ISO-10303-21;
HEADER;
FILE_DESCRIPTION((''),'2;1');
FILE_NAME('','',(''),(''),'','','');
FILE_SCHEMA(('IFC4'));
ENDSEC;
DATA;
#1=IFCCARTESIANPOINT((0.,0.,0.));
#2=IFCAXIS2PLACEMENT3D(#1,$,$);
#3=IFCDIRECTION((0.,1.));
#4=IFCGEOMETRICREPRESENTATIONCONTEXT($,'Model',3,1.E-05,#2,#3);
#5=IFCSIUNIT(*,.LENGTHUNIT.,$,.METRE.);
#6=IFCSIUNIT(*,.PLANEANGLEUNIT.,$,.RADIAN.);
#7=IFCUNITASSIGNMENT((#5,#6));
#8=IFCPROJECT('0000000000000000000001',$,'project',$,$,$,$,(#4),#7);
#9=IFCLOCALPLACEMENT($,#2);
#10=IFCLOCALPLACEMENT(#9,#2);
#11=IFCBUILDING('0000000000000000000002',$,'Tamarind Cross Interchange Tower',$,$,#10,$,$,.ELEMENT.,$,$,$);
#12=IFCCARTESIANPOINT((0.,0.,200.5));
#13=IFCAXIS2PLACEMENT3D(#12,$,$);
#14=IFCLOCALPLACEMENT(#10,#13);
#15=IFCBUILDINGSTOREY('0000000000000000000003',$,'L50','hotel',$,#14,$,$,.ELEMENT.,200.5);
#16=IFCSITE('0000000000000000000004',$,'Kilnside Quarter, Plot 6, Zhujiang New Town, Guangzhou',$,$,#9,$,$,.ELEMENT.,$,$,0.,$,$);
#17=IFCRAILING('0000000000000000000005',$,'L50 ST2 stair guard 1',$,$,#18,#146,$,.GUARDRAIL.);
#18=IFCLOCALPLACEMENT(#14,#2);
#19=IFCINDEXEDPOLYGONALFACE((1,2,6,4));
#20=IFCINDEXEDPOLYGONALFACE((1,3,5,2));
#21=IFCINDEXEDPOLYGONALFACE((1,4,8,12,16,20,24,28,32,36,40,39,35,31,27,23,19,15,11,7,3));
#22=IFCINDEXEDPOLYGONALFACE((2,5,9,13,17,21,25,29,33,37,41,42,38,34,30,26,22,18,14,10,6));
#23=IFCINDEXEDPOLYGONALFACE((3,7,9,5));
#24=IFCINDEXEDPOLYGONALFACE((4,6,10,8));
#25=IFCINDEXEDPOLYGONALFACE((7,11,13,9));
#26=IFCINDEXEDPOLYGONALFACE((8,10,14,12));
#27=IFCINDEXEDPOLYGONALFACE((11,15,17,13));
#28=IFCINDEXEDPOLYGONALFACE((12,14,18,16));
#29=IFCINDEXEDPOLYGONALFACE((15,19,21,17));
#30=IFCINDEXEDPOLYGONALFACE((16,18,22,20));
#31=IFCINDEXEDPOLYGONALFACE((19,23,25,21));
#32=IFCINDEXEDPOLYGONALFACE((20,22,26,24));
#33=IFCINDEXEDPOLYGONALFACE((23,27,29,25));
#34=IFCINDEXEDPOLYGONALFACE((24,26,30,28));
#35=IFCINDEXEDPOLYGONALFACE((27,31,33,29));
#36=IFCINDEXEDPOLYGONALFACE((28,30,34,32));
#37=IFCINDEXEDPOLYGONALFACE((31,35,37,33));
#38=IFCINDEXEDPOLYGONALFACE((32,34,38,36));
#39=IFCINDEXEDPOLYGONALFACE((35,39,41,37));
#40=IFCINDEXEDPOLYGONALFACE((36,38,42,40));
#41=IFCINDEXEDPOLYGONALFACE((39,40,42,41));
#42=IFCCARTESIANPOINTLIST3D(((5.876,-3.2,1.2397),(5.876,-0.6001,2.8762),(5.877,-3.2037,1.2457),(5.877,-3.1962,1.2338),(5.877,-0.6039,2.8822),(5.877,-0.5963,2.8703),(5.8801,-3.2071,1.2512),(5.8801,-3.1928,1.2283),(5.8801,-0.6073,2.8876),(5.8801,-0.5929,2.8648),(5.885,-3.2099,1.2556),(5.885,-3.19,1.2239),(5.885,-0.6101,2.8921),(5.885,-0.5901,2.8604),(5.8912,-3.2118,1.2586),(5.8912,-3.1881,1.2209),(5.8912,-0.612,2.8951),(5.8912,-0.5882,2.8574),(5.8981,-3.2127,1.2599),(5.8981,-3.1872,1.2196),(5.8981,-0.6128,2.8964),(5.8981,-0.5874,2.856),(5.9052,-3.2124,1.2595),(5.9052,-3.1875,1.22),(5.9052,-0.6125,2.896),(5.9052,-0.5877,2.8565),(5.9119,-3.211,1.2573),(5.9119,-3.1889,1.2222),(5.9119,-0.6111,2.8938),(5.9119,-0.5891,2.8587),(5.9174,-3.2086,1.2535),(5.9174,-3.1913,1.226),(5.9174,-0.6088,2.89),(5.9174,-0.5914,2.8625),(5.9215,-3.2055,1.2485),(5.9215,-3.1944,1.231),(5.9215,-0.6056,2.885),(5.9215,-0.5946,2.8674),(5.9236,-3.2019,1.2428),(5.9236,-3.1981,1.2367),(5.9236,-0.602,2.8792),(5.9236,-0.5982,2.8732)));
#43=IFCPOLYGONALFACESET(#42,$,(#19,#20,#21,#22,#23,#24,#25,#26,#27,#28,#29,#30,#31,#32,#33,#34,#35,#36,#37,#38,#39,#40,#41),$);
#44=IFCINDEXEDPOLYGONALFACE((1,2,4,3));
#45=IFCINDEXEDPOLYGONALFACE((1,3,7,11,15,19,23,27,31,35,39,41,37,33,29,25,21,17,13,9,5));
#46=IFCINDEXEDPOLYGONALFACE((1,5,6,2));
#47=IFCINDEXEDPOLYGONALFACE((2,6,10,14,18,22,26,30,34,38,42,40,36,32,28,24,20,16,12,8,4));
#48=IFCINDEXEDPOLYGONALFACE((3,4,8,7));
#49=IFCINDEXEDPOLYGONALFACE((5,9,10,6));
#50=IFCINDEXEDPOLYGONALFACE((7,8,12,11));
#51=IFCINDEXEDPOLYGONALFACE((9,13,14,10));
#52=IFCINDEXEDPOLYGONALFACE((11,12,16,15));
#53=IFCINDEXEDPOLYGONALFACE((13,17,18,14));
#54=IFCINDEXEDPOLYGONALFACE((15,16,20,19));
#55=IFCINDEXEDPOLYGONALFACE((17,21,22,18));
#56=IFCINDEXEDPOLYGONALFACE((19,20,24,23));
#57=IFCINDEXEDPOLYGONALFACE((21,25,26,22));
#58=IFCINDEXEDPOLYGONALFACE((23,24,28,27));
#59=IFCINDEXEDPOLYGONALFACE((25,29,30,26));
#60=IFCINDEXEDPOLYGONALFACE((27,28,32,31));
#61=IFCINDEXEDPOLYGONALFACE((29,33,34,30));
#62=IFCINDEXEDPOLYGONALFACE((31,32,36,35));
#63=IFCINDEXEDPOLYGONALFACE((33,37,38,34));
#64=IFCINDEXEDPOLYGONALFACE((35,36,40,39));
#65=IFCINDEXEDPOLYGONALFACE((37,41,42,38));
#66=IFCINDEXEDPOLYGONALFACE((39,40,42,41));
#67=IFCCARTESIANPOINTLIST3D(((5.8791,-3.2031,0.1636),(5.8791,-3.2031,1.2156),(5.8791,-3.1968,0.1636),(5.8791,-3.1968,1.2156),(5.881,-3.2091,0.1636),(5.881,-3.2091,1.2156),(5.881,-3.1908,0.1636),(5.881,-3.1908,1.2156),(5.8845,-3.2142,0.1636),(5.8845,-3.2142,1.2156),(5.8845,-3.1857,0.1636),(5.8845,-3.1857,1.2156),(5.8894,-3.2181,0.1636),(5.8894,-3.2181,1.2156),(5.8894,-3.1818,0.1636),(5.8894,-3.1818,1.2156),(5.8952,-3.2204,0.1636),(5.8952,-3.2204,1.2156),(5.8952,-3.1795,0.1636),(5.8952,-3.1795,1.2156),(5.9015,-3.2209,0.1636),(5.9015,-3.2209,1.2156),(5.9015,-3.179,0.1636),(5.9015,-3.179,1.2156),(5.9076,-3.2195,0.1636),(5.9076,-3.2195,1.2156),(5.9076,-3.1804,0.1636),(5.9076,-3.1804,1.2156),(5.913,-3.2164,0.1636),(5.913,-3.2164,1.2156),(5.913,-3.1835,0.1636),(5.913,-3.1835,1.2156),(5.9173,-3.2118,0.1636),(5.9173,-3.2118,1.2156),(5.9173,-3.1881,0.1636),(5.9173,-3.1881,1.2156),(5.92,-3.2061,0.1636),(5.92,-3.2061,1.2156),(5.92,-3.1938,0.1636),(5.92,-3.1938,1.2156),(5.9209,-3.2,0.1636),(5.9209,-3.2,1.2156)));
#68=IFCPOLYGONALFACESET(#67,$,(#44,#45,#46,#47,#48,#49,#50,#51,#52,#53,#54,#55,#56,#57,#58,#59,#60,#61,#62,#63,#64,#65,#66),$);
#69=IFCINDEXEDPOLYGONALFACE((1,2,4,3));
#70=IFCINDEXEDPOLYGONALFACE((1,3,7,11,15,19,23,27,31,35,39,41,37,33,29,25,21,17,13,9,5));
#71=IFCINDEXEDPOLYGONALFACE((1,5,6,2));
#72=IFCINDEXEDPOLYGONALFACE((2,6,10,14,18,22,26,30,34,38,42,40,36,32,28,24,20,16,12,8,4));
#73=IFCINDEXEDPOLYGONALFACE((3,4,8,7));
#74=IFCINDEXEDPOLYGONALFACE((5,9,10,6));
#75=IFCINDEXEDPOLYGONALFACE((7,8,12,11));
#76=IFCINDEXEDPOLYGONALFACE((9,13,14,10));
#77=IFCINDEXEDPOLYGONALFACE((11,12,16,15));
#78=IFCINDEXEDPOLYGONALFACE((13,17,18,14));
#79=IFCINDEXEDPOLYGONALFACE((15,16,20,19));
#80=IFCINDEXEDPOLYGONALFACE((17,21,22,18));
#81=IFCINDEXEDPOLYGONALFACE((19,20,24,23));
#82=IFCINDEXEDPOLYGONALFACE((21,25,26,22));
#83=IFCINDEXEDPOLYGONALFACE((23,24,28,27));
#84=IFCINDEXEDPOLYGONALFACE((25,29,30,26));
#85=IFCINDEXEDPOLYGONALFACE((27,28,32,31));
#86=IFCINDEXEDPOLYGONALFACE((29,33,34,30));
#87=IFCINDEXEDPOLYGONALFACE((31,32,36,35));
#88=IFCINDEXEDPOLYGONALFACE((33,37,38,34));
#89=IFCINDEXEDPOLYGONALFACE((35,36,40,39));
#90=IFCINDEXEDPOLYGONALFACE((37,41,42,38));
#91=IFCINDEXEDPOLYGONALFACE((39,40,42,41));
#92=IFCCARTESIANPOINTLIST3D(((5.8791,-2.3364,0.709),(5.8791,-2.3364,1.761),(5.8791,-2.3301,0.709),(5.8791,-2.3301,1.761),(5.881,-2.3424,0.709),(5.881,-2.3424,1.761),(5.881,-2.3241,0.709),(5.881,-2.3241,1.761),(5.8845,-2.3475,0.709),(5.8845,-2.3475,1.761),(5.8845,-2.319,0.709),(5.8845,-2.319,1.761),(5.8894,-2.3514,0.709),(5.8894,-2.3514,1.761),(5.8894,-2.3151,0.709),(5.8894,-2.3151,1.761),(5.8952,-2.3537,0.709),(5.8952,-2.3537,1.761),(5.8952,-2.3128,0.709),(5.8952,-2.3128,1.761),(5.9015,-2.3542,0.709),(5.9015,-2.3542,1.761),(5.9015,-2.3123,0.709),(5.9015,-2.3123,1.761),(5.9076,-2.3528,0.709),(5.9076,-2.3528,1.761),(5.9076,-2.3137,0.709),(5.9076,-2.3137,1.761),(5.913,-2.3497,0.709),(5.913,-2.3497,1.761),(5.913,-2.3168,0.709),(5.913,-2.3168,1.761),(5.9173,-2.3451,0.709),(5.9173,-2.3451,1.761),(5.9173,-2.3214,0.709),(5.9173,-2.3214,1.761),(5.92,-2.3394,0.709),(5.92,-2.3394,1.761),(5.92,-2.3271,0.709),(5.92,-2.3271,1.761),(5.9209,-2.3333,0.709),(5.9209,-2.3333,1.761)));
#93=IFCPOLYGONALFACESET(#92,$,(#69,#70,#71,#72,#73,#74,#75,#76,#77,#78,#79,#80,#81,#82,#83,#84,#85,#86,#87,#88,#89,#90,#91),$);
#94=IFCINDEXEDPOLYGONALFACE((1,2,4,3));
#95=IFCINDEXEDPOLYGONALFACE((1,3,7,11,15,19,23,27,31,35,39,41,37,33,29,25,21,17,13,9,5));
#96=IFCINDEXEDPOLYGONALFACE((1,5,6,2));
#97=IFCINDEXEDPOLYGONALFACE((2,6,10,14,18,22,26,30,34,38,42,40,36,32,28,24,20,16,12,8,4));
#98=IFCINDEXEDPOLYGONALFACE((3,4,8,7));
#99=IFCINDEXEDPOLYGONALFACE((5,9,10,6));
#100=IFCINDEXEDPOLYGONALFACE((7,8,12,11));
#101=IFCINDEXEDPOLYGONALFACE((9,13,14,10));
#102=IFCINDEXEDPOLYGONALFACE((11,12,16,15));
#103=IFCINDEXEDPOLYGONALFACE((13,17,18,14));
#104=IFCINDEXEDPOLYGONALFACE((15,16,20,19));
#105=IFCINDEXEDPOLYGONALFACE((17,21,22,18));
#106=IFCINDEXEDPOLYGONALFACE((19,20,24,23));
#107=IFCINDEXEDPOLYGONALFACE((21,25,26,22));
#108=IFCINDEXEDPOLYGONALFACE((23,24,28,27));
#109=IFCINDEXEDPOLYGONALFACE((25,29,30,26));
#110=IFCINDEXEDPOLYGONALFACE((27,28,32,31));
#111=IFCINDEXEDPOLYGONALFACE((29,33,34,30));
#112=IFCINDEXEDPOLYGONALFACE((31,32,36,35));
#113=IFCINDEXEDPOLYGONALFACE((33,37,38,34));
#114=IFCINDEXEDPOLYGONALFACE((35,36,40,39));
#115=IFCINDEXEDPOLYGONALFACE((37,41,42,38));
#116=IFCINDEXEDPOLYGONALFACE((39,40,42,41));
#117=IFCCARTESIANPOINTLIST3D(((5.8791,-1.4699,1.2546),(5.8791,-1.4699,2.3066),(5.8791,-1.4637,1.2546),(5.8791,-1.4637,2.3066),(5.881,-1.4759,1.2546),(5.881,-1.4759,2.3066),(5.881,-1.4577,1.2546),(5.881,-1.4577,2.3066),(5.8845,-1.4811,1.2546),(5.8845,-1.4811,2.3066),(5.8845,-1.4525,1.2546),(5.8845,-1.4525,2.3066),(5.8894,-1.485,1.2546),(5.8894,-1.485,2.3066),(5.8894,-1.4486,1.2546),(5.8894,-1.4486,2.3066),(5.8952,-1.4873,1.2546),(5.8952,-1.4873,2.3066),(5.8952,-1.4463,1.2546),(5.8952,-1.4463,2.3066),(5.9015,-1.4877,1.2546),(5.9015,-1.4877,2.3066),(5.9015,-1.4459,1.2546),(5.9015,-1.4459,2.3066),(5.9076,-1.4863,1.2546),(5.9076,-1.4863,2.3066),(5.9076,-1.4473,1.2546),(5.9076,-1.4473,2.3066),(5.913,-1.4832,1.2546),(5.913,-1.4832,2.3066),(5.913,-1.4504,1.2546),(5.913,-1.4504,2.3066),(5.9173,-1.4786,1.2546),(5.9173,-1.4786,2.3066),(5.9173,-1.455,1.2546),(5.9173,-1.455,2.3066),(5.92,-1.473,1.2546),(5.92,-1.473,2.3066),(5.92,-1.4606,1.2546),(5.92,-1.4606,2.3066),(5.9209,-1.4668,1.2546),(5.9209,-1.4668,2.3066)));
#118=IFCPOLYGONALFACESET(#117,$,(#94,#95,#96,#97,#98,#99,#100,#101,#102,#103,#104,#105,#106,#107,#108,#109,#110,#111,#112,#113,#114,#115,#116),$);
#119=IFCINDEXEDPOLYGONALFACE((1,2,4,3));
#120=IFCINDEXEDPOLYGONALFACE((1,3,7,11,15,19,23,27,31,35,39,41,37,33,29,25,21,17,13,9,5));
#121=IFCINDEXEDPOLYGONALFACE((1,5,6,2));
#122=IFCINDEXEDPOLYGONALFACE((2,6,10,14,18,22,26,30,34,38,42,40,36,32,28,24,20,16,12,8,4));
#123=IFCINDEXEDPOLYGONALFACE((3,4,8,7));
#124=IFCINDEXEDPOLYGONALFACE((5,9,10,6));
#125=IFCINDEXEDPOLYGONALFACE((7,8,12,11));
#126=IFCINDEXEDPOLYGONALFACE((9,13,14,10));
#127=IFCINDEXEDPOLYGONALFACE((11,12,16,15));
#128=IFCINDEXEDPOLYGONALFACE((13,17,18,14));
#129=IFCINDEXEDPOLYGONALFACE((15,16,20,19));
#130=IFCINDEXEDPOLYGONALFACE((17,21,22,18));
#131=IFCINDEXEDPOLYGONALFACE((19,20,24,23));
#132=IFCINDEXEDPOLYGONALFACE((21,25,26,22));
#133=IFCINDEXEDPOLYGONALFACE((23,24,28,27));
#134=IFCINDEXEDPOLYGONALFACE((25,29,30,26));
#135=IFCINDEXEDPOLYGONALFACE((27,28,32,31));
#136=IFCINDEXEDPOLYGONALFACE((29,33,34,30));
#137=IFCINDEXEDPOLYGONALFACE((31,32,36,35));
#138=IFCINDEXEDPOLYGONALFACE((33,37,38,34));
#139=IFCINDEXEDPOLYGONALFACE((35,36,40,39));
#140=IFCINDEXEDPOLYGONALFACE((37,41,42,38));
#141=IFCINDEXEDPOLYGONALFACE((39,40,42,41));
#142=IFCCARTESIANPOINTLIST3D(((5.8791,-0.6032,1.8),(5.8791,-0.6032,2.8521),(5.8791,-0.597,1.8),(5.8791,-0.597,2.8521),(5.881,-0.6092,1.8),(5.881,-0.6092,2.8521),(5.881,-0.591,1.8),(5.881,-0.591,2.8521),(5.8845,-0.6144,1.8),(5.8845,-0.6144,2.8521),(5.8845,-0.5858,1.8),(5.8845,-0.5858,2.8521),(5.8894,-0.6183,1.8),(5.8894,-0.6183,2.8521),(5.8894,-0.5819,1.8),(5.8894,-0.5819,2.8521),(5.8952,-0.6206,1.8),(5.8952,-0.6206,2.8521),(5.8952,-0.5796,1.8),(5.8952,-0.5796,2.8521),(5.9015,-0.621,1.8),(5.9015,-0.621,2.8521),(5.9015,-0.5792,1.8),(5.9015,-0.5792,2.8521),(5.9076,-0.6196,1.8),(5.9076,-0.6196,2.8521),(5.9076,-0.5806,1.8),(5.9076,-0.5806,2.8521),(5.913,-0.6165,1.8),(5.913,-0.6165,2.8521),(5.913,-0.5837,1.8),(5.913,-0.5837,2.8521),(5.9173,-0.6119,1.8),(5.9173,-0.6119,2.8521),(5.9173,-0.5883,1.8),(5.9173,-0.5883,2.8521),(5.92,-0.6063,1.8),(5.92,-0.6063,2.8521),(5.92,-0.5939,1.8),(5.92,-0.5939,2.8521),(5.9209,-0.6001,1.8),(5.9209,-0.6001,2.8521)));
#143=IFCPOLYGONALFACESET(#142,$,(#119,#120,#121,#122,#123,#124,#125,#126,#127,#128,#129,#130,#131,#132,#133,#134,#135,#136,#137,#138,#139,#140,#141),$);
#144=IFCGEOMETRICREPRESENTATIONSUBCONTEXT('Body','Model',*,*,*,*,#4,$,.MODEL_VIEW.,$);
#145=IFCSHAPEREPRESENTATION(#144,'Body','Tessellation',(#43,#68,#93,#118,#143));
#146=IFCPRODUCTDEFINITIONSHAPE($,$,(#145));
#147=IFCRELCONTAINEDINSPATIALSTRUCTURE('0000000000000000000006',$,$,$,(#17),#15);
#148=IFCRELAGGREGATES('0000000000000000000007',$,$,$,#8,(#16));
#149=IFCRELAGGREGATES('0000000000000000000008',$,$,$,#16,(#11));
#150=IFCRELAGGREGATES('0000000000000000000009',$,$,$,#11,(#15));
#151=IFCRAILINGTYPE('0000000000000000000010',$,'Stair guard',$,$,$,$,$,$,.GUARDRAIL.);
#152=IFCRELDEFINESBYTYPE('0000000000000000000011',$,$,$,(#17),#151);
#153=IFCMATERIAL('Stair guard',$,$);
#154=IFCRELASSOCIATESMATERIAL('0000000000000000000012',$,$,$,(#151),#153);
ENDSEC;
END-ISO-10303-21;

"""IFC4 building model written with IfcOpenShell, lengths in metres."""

from ifc_helpers import new_model, si_unit, direction, frame, origin, origin_2d, place, context, subcontext, project, spatial, circle, extrude, material, type_object, element, save


model = new_model("IFC4")

# Units and contexts
model_context = context("Model", 3, precision=1e-05, world=origin(), true_north=direction((0.0, 1.0)))
body_context = subcontext(model_context, "Body", "Model", "MODEL_VIEW")
ifc_project = project(units=[si_unit("LENGTHUNIT", "METRE"), si_unit("PLANEANGLEUNIT", "RADIAN")], contexts=[model_context])

# Site, building, storey
site_placement = place(None, origin())
site = spatial("IfcSite", under=ifc_project, at=site_placement, Name="Kilnside Quarter, Plot 6, Zhujiang New Town, Guangzhou", CompositionType="ELEMENT", RefElevation=0.0)
building_placement = place(site_placement, origin())
building = spatial("IfcBuilding", under=site, at=building_placement, Name="Tamarind Cross Interchange Tower", CompositionType="ELEMENT")
storey_placement = place(building_placement, frame((0.0, 0.0, 200.5)))
storey = spatial("IfcBuildingStorey", under=building, at=storey_placement, Name="L50", Description="hotel", CompositionType="ELEMENT", Elevation=200.5)

# Railing
ifc_material_1 = material(Name="Stair guard")
railing_type_1 = type_object("IfcRailingType", Name="Stair guard", PredefinedType="GUARDRAIL", material=ifc_material_1)
railing_1_placement = place(storey_placement, frame((5.8999, -3.2, 0.1636)))
element("IfcRailing", 1, at=railing_1_placement, inside=storey, type_object=railing_type_1, Name="L50 ST2 stair guard 1", PredefinedType="GUARDRAIL", context=body_context, shape_type="SweptSolid", body=[
    extrude(circle(Radius=0.0239, at=origin_2d()), frame((0.0, 0.0, 1.0762), z_axis=(0.0, 0.846302, 0.532704), x_axis=(-1.0, 0.0, 0.0)), (0.0, 0.0, 1.0), 3.072),
    extrude(circle(Radius=0.021, at=origin_2d()), origin(), (0.0, 0.0, 1.0), 1.052),
    extrude(circle(Radius=0.021, at=origin_2d()), frame((0.0, 0.8667, 0.5454)), (0.0, 0.0, 1.0), 1.052),
    extrude(circle(Radius=0.021, at=origin_2d()), frame((0.0, 1.7332, 1.0911)), (0.0, 0.0, 1.0), 1.052),
    extrude(circle(Radius=0.021, at=origin_2d()), frame((0.0, 2.5999, 1.6365)), (0.0, 0.0, 1.0), 1.052),
])

save(model, "model.ifc")
